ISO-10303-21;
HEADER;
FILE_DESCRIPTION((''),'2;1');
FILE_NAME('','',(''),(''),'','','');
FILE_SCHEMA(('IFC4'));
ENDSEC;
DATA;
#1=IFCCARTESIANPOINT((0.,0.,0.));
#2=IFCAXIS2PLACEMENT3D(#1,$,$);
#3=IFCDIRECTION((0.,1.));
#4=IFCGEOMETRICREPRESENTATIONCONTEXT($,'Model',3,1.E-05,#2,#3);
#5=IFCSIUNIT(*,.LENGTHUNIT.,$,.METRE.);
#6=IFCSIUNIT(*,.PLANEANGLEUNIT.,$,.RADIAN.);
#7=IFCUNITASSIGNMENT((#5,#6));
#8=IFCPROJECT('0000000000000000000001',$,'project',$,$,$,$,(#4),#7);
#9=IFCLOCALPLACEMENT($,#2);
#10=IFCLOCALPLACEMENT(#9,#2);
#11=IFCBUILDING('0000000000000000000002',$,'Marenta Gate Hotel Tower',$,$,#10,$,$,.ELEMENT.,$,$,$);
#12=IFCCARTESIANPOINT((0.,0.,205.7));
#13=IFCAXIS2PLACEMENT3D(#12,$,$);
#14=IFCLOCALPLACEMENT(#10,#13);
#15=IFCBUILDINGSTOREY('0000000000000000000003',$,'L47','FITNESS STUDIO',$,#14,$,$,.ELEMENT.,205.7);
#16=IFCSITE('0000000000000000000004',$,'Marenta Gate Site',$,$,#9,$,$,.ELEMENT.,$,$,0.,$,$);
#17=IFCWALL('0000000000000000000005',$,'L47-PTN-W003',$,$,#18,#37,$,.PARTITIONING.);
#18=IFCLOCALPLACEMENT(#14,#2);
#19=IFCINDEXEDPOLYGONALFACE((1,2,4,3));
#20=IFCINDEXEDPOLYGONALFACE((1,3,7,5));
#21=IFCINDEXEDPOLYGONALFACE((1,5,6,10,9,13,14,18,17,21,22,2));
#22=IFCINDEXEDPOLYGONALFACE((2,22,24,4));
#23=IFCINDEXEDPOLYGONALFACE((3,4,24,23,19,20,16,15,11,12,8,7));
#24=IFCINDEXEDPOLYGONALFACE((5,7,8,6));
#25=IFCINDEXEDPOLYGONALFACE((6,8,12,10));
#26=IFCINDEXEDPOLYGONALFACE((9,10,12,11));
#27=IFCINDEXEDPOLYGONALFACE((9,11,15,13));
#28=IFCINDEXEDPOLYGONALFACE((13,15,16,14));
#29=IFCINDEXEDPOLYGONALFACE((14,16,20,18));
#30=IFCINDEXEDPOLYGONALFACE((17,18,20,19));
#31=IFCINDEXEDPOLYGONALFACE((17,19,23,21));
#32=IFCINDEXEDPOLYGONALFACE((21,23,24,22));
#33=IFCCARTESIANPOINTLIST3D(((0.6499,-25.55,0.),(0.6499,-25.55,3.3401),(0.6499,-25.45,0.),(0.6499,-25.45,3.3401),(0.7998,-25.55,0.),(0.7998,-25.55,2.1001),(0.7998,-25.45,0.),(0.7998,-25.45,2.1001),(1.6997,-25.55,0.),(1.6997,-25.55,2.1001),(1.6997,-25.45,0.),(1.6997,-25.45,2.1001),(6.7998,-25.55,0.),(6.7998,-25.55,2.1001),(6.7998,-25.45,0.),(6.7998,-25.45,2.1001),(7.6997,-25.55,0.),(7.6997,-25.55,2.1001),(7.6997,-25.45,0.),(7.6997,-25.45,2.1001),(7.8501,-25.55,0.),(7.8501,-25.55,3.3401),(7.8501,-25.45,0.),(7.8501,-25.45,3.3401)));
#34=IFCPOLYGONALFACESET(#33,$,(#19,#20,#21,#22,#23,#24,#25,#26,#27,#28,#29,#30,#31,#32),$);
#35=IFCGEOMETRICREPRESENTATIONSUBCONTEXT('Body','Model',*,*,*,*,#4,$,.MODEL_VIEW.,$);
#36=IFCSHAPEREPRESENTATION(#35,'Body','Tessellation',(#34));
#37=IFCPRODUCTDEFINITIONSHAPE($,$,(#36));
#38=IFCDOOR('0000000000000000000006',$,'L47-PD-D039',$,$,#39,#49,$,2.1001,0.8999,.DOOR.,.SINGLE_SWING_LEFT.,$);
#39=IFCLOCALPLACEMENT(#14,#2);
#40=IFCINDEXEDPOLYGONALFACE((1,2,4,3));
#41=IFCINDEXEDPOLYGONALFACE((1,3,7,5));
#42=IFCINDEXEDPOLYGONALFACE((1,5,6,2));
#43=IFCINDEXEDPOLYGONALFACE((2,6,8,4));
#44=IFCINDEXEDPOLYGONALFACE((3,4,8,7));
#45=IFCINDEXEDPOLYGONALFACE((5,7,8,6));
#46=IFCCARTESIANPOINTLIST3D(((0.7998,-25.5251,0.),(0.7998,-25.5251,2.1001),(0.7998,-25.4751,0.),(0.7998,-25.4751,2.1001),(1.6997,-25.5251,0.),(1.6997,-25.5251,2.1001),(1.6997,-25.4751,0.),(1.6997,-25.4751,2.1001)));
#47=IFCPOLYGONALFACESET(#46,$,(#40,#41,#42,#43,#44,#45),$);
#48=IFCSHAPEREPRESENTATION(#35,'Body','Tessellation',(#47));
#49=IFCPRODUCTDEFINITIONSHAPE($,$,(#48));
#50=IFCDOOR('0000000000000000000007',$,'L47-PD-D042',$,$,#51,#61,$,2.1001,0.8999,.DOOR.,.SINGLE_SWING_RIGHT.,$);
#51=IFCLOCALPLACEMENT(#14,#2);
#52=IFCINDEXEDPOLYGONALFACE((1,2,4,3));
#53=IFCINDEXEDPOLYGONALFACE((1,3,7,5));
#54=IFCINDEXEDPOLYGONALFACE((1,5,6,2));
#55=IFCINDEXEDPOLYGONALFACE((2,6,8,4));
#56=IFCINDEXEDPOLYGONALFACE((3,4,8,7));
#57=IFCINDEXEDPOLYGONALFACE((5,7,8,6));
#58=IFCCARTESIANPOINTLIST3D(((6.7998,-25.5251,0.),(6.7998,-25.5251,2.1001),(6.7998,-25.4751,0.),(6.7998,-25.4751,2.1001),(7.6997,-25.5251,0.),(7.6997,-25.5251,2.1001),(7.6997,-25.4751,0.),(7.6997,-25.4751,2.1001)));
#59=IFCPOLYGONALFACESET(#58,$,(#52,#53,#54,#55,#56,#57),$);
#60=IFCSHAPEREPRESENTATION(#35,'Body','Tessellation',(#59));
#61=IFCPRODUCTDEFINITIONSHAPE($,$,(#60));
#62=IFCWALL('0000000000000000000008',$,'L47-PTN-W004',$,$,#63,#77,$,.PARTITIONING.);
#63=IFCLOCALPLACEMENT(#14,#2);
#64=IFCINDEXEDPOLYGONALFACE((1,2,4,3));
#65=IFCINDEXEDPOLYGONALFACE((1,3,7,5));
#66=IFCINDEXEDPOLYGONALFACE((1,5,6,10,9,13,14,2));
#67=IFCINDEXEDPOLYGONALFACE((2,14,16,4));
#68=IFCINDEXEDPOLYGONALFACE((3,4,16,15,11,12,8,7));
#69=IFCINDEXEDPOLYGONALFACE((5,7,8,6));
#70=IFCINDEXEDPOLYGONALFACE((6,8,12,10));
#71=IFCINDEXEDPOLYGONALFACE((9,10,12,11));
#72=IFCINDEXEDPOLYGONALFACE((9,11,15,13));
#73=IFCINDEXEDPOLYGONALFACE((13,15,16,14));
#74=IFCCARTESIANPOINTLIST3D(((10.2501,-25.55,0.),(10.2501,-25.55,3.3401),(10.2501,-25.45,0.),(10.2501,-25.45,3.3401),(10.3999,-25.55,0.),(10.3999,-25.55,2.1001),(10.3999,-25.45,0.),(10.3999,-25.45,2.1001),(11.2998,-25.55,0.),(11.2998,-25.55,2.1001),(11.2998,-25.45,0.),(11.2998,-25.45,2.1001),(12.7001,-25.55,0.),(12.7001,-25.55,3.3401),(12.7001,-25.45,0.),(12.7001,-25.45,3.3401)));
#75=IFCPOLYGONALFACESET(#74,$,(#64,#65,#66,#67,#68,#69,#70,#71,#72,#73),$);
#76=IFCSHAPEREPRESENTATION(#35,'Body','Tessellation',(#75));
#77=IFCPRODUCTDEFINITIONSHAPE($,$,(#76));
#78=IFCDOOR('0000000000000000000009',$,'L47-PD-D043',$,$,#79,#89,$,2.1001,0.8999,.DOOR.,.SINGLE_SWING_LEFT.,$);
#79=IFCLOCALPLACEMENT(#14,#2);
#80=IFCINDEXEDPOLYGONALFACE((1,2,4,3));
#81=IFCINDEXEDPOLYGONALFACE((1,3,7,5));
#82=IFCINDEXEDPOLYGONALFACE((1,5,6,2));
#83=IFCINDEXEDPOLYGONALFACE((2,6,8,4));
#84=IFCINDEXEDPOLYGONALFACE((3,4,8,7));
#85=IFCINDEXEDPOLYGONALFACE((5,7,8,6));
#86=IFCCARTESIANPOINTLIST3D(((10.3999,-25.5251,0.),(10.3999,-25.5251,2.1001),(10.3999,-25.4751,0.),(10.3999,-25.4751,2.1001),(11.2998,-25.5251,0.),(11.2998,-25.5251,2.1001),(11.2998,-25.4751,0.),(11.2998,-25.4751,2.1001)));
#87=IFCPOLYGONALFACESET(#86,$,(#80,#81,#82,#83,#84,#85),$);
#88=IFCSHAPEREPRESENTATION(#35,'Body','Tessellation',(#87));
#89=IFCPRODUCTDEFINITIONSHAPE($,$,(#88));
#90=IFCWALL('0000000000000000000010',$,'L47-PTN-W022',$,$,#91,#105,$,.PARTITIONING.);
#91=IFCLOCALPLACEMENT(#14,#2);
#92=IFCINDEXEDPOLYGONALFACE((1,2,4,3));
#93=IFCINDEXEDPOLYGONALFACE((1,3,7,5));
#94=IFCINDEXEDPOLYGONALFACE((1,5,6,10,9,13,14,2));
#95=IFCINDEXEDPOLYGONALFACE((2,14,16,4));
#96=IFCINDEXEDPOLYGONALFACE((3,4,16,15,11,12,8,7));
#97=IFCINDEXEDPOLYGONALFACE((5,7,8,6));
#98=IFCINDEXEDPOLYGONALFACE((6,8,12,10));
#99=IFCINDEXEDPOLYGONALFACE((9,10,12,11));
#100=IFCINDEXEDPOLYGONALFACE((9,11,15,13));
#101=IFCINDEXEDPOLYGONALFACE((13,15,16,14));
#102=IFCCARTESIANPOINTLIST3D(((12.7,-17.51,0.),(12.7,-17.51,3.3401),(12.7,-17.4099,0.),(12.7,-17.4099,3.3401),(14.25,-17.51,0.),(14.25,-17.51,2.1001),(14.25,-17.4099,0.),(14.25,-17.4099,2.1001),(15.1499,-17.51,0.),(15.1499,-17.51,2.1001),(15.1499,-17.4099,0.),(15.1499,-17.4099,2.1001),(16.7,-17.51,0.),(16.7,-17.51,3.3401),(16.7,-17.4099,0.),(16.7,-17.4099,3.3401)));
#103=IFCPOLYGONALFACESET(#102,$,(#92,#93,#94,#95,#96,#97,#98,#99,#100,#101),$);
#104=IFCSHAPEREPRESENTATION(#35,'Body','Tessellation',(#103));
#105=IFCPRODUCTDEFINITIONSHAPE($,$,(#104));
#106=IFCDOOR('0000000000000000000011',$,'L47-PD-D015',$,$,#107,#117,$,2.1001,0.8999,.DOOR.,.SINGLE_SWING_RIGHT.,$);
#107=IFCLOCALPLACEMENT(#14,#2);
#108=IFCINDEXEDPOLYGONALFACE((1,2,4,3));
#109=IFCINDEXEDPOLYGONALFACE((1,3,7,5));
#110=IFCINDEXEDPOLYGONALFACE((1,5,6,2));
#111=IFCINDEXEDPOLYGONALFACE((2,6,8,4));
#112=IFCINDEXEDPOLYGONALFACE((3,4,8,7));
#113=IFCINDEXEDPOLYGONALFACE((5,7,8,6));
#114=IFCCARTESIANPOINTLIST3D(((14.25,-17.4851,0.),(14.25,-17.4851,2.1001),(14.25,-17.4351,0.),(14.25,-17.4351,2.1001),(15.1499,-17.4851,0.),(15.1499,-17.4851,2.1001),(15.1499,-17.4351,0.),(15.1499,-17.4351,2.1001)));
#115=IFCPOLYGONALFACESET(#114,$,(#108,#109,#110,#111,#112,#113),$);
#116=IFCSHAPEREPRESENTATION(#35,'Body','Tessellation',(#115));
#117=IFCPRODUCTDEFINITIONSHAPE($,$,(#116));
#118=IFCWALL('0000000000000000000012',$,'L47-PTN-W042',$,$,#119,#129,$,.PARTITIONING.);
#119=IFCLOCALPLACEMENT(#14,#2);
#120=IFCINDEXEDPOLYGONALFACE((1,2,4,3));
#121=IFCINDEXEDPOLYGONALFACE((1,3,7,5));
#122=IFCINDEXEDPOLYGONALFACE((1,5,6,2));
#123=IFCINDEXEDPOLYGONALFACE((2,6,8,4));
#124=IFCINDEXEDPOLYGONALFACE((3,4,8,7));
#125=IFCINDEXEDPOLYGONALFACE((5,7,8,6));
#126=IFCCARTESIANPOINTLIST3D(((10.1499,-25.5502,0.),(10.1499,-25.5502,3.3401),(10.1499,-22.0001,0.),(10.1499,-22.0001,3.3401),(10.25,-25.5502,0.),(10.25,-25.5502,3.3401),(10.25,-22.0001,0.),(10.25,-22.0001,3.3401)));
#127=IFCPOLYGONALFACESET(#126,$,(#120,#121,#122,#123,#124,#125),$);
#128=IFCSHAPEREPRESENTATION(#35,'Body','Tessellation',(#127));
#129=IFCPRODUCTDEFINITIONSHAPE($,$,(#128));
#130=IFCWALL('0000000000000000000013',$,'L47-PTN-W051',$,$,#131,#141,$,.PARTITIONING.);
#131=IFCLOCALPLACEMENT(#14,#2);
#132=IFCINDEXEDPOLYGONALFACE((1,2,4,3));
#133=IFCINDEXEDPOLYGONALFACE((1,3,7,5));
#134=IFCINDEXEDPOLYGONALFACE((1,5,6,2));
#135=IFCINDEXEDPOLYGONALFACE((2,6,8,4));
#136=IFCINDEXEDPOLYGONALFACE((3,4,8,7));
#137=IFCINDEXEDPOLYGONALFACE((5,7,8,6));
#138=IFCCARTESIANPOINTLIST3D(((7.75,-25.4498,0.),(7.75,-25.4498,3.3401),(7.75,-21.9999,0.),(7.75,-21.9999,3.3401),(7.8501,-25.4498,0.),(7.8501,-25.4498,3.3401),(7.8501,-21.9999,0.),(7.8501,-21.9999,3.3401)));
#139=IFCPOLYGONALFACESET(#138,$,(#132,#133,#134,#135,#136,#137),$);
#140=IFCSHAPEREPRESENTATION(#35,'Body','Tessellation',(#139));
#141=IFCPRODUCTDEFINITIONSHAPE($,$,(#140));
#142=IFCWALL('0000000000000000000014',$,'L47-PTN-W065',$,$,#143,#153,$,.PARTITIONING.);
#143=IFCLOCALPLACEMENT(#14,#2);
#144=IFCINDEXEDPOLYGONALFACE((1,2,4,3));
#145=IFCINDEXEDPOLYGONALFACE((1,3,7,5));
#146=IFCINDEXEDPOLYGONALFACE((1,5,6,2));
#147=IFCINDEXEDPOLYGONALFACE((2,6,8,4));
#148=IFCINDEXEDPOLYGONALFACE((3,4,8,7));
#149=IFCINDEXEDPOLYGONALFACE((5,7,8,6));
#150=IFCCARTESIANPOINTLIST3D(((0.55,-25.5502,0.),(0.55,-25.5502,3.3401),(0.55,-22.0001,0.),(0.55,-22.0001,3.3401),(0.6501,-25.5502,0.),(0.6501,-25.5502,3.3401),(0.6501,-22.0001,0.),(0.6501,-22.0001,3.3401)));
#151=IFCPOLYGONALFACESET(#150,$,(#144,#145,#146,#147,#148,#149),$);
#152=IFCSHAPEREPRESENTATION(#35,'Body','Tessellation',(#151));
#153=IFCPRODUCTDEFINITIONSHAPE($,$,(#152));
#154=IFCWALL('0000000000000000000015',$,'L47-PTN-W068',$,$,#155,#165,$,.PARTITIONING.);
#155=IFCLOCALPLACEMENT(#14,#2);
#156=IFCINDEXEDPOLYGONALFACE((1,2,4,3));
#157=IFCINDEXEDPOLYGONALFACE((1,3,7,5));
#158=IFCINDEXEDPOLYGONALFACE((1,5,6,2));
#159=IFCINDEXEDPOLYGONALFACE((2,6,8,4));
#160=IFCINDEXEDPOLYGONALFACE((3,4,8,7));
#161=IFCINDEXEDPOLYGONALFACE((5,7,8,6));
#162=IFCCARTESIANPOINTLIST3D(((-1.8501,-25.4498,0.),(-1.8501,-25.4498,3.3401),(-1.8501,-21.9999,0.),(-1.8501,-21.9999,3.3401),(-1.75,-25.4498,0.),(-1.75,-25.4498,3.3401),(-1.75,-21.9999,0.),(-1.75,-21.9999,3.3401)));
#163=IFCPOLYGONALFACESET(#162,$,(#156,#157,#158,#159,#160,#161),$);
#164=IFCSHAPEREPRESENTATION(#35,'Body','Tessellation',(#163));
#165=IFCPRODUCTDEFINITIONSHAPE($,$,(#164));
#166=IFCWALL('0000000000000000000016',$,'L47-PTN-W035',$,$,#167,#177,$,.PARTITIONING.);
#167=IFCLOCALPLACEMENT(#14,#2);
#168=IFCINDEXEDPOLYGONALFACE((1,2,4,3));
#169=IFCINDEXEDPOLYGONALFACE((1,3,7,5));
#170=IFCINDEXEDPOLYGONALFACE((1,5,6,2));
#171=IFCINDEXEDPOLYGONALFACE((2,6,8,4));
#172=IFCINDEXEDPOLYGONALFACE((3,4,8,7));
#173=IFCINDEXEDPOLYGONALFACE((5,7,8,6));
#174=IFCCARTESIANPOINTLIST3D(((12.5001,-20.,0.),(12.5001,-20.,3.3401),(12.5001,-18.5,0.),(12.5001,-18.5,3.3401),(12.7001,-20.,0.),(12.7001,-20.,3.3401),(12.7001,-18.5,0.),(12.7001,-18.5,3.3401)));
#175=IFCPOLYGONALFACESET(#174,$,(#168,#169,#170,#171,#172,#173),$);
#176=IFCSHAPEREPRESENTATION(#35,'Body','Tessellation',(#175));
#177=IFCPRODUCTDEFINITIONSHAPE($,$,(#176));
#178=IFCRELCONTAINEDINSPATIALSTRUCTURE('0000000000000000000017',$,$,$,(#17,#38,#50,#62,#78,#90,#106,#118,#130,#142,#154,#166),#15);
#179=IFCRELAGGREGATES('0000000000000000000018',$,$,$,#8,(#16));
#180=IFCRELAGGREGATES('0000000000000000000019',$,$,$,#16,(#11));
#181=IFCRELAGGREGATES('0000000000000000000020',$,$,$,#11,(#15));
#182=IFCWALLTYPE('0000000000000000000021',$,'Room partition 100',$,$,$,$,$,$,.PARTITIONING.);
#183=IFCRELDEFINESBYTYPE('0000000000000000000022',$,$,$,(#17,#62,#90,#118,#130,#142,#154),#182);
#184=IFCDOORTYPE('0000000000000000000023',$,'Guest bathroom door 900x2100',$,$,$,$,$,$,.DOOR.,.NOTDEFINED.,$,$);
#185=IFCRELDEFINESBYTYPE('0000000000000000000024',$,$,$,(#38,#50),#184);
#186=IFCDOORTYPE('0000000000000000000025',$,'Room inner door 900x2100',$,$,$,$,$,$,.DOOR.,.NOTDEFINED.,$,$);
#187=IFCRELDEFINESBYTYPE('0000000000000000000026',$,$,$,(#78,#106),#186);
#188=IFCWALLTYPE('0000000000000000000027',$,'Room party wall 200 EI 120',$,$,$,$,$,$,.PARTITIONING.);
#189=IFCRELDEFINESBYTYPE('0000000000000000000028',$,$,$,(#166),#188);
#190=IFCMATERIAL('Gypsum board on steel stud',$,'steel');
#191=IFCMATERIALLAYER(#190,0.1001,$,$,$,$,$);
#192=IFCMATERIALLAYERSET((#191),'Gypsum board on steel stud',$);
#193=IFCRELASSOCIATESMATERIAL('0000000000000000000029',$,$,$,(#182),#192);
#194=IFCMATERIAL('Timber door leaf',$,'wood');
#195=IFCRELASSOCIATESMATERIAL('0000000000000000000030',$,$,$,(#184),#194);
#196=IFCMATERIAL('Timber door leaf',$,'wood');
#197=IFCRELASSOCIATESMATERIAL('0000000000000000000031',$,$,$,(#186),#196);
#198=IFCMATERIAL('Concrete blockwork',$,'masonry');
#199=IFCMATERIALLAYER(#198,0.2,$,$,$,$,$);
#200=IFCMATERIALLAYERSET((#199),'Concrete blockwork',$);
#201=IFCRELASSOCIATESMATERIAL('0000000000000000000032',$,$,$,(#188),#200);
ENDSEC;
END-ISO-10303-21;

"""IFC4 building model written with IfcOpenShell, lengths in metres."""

from ifc_helpers import new_model, si_unit, direction, frame, frame_2d, origin, place, context, subcontext, project, spatial, rectangle, extrude, material, layer, layer_set, type_object, element, fill, save


model = new_model("IFC4")

# Units and contexts
model_context = context("Model", 3, precision=1e-05, world=origin(), true_north=direction((0.0, 1.0)))
body_context = subcontext(model_context, "Body", "Model", "MODEL_VIEW")
ifc_project = project(units=[si_unit("LENGTHUNIT", "METRE"), si_unit("PLANEANGLEUNIT", "RADIAN")], contexts=[model_context])

# Site, building, storey
site_placement = place(None, origin())
site = spatial("IfcSite", under=ifc_project, at=site_placement, Name="Marenta Gate Site", CompositionType="ELEMENT", RefElevation=0.0)
building_placement = place(site_placement, origin())
building = spatial("IfcBuilding", under=site, at=building_placement, Name="Marenta Gate Hotel Tower", CompositionType="ELEMENT")
storey_placement = place(building_placement, frame((0.0, 0.0, 205.7)))
storey = spatial("IfcBuildingStorey", under=building, at=storey_placement, Name="L47", Description="FITNESS STUDIO", CompositionType="ELEMENT", Elevation=205.7)

# Wall, openings, doors
ifc_material_1 = material(Name="Gypsum board on steel stud", Category="steel")
ifc_layer_1 = layer(ifc_material_1, 0.1001)
ifc_layer_set_1 = layer_set([ifc_layer_1], Name="Gypsum board on steel stud")
wall_type_1 = type_object("IfcWallType", Name="Room partition 100", PredefinedType="PARTITIONING", material=ifc_layer_set_1)
wall_1_placement = place(storey_placement, frame((0.6499, -25.5, 0.0), z_axis=(0.0, 0.0, 1.0), x_axis=(1.0, 0.0, 0.0)))
wall_1 = element("IfcWall", 1, at=wall_1_placement, inside=storey, type_object=wall_type_1, Name="L47-PTN-W003", PredefinedType="PARTITIONING", context=body_context, shape_type="SweptSolid", body=[
    extrude(rectangle(XDim=7.2002, YDim=0.1001, at=frame_2d((3.6001, 0.0))), origin(), (0.0, 0.0, 1.0), 3.3401),
])
opening_1_placement = place(wall_1_placement, frame((0.1499, 0.0, 0.0)))
opening_1 = element("IfcOpeningElement", 2, at=opening_1_placement, cuts=wall_1, PredefinedType="OPENING", context=body_context, shape_type="SweptSolid", body=[
    extrude(rectangle(XDim=0.8999, YDim=2.1001, at=frame_2d((0.45, 1.05))), frame((0.0, 0.05, 0.0), z_axis=(0.0, -1.0, 0.0), x_axis=(1.0, 0.0, 0.0)), (0.0, 0.0, 1.0), 0.1001),
])
opening_2_placement = place(wall_1_placement, frame((6.1499, 0.0, 0.0)))
opening_2 = element("IfcOpeningElement", 3, at=opening_2_placement, cuts=wall_1, PredefinedType="OPENING", context=body_context, shape_type="SweptSolid", body=[
    extrude(rectangle(XDim=0.8999, YDim=2.1001, at=frame_2d((0.45, 1.05))), frame((0.0, 0.05, 0.0), z_axis=(0.0, -1.0, 0.0), x_axis=(1.0, 0.0, 0.0)), (0.0, 0.0, 1.0), 0.1001),
])
ifc_material_2 = material(Name="Timber door leaf", Category="wood")
door_type_1 = type_object("IfcDoorType", Name="Guest bathroom door 900x2100", OperationType="NOTDEFINED", PredefinedType="DOOR", material=ifc_material_2)
door_1_placement = place(opening_1_placement, origin())
door_1 = element("IfcDoor", 4, at=door_1_placement, inside=storey, type_object=door_type_1, Name="L47-PD-D039", OperationType="SINGLE_SWING_LEFT", OverallHeight=2.1001, OverallWidth=0.8999, PredefinedType="DOOR", context=body_context, shape_type="SweptSolid", body=[
    extrude(rectangle(XDim=0.8999, YDim=2.1001, at=frame_2d((0.45, 1.05))), frame((0.0, 0.0249, 0.0), z_axis=(0.0, -1.0, 0.0), x_axis=(1.0, 0.0, 0.0)), (0.0, 0.0, 1.0), 0.05),
])
fill(opening_1, door_1)
door_2_placement = place(opening_2_placement, origin())
door_2 = element("IfcDoor", 5, at=door_2_placement, inside=storey, type_object=door_type_1, Name="L47-PD-D042", OperationType="SINGLE_SWING_RIGHT", OverallHeight=2.1001, OverallWidth=0.8999, PredefinedType="DOOR", context=body_context, shape_type="SweptSolid", body=[
    extrude(rectangle(XDim=0.8999, YDim=2.1001, at=frame_2d((0.45, 1.05))), frame((0.0, 0.0249, 0.0), z_axis=(0.0, -1.0, 0.0), x_axis=(1.0, 0.0, 0.0)), (0.0, 0.0, 1.0), 0.05),
])
fill(opening_2, door_2)

# Walls, openings, doors
wall_2_placement = place(storey_placement, frame((10.25, -25.5, 0.0), z_axis=(0.0, 0.0, 1.0), x_axis=(1.0, 0.0, 0.0)))
wall_2 = element("IfcWall", 6, at=wall_2_placement, inside=storey, type_object=wall_type_1, Name="L47-PTN-W004", PredefinedType="PARTITIONING", context=body_context, shape_type="SweptSolid", body=[
    extrude(rectangle(XDim=2.45, YDim=0.1001, at=frame_2d((1.2251, 0.0))), origin(), (0.0, 0.0, 1.0), 3.3401),
])
opening_3_placement = place(wall_2_placement, frame((0.1499, 0.0, 0.0)))
opening_3 = element("IfcOpeningElement", 7, at=opening_3_placement, cuts=wall_2, PredefinedType="OPENING", context=body_context, shape_type="SweptSolid", body=[
    extrude(rectangle(XDim=0.8999, YDim=2.1001, at=frame_2d((0.45, 1.05))), frame((0.0, 0.05, 0.0), z_axis=(0.0, -1.0, 0.0), x_axis=(1.0, 0.0, 0.0)), (0.0, 0.0, 1.0), 0.1001),
])
ifc_material_3 = material(Name="Timber door leaf", Category="wood")
door_type_2 = type_object("IfcDoorType", Name="Room inner door 900x2100", OperationType="NOTDEFINED", PredefinedType="DOOR", material=ifc_material_3)
door_3_placement = place(opening_3_placement, origin())
door_3 = element("IfcDoor", 8, at=door_3_placement, inside=storey, type_object=door_type_2, Name="L47-PD-D043", OperationType="SINGLE_SWING_LEFT", OverallHeight=2.1001, OverallWidth=0.8999, PredefinedType="DOOR", context=body_context, shape_type="SweptSolid", body=[
    extrude(rectangle(XDim=0.8999, YDim=2.1001, at=frame_2d((0.45, 1.05))), frame((0.0, 0.0249, 0.0), z_axis=(0.0, -1.0, 0.0), x_axis=(1.0, 0.0, 0.0)), (0.0, 0.0, 1.0), 0.05),
])
fill(opening_3, door_3)
wall_3_placement = place(storey_placement, frame((12.7, -17.46, 0.0), z_axis=(0.0, 0.0, 1.0), x_axis=(1.0, 0.0, 0.0)))
wall_3 = element("IfcWall", 9, at=wall_3_placement, inside=storey, type_object=wall_type_1, Name="L47-PTN-W022", PredefinedType="PARTITIONING", context=body_context, shape_type="SweptSolid", body=[
    extrude(rectangle(XDim=4.0, YDim=0.1001, at=frame_2d((2.0, 0.0))), origin(), (0.0, 0.0, 1.0), 3.3401),
])
opening_4_placement = place(wall_3_placement, frame((1.55, 0.0, 0.0)))
opening_4 = element("IfcOpeningElement", 10, at=opening_4_placement, cuts=wall_3, PredefinedType="OPENING", context=body_context, shape_type="SweptSolid", body=[
    extrude(rectangle(XDim=0.8999, YDim=2.1001, at=frame_2d((0.45, 1.05))), frame((0.0, 0.05, 0.0), z_axis=(0.0, -1.0, 0.0), x_axis=(1.0, 0.0, 0.0)), (0.0, 0.0, 1.0), 0.1001),
])
door_4_placement = place(opening_4_placement, origin())
door_4 = element("IfcDoor", 11, at=door_4_placement, inside=storey, type_object=door_type_2, Name="L47-PD-D015", OperationType="SINGLE_SWING_RIGHT", OverallHeight=2.1001, OverallWidth=0.8999, PredefinedType="DOOR", context=body_context, shape_type="SweptSolid", body=[
    extrude(rectangle(XDim=0.8999, YDim=2.1001, at=frame_2d((0.45, 1.05))), frame((0.0, 0.0249, 0.0), z_axis=(0.0, -1.0, 0.0), x_axis=(1.0, 0.0, 0.0)), (0.0, 0.0, 1.0), 0.05),
])
fill(opening_4, door_4)

# Walls
wall_4_placement = place(storey_placement, frame((10.2, -25.55, 0.0), z_axis=(0.0, 0.0, 1.0), x_axis=(0.0, 1.0, 0.0)))
element("IfcWall", 12, at=wall_4_placement, inside=storey, type_object=wall_type_1, Name="L47-PTN-W042", PredefinedType="PARTITIONING", context=body_context, shape_type="SweptSolid", body=[
    extrude(rectangle(XDim=3.55, YDim=0.1001, at=frame_2d((1.7749, 0.0))), origin(), (0.0, 0.0, 1.0), 3.3401),
])
wall_5_placement = place(storey_placement, frame((7.8, -25.45, 0.0), z_axis=(0.0, 0.0, 1.0), x_axis=(0.0, 1.0, 0.0)))
element("IfcWall", 13, at=wall_5_placement, inside=storey, type_object=wall_type_1, Name="L47-PTN-W051", PredefinedType="PARTITIONING", context=body_context, shape_type="SweptSolid", body=[
    extrude(rectangle(XDim=3.45, YDim=0.1001, at=frame_2d((1.7251, 0.0))), origin(), (0.0, 0.0, 1.0), 3.3401),
])
wall_6_placement = place(storey_placement, frame((0.6001, -25.55, 0.0), z_axis=(0.0, 0.0, 1.0), x_axis=(0.0, 1.0, 0.0)))
element("IfcWall", 14, at=wall_6_placement, inside=storey, type_object=wall_type_1, Name="L47-PTN-W065", PredefinedType="PARTITIONING", context=body_context, shape_type="SweptSolid", body=[
    extrude(rectangle(XDim=3.55, YDim=0.1001, at=frame_2d((1.7749, 0.0))), origin(), (0.0, 0.0, 1.0), 3.3401),
])
wall_7_placement = place(storey_placement, frame((-1.8, -25.45, 0.0), z_axis=(0.0, 0.0, 1.0), x_axis=(0.0, 1.0, 0.0)))
element("IfcWall", 15, at=wall_7_placement, inside=storey, type_object=wall_type_1, Name="L47-PTN-W068", PredefinedType="PARTITIONING", context=body_context, shape_type="SweptSolid", body=[
    extrude(rectangle(XDim=3.45, YDim=0.1001, at=frame_2d((1.7251, 0.0))), origin(), (0.0, 0.0, 1.0), 3.3401),
])
ifc_material_4 = material(Name="Concrete blockwork", Category="masonry")
ifc_layer_2 = layer(ifc_material_4, 0.2)
ifc_layer_set_2 = layer_set([ifc_layer_2], Name="Concrete blockwork")
wall_type_2 = type_object("IfcWallType", Name="Room party wall 200 EI 120", PredefinedType="PARTITIONING", material=ifc_layer_set_2)
wall_8_placement = place(storey_placement, frame((12.6001, -20.0, 0.0), z_axis=(0.0, 0.0, 1.0), x_axis=(0.0, 1.0, 0.0)))
element("IfcWall", 16, at=wall_8_placement, inside=storey, type_object=wall_type_2, Name="L47-PTN-W035", PredefinedType="PARTITIONING", context=body_context, shape_type="SweptSolid", body=[
    extrude(rectangle(XDim=1.5, YDim=0.2, at=frame_2d((0.75, 0.0))), origin(), (0.0, 0.0, 1.0), 3.3401),
])

save(model, "model.ifc")
